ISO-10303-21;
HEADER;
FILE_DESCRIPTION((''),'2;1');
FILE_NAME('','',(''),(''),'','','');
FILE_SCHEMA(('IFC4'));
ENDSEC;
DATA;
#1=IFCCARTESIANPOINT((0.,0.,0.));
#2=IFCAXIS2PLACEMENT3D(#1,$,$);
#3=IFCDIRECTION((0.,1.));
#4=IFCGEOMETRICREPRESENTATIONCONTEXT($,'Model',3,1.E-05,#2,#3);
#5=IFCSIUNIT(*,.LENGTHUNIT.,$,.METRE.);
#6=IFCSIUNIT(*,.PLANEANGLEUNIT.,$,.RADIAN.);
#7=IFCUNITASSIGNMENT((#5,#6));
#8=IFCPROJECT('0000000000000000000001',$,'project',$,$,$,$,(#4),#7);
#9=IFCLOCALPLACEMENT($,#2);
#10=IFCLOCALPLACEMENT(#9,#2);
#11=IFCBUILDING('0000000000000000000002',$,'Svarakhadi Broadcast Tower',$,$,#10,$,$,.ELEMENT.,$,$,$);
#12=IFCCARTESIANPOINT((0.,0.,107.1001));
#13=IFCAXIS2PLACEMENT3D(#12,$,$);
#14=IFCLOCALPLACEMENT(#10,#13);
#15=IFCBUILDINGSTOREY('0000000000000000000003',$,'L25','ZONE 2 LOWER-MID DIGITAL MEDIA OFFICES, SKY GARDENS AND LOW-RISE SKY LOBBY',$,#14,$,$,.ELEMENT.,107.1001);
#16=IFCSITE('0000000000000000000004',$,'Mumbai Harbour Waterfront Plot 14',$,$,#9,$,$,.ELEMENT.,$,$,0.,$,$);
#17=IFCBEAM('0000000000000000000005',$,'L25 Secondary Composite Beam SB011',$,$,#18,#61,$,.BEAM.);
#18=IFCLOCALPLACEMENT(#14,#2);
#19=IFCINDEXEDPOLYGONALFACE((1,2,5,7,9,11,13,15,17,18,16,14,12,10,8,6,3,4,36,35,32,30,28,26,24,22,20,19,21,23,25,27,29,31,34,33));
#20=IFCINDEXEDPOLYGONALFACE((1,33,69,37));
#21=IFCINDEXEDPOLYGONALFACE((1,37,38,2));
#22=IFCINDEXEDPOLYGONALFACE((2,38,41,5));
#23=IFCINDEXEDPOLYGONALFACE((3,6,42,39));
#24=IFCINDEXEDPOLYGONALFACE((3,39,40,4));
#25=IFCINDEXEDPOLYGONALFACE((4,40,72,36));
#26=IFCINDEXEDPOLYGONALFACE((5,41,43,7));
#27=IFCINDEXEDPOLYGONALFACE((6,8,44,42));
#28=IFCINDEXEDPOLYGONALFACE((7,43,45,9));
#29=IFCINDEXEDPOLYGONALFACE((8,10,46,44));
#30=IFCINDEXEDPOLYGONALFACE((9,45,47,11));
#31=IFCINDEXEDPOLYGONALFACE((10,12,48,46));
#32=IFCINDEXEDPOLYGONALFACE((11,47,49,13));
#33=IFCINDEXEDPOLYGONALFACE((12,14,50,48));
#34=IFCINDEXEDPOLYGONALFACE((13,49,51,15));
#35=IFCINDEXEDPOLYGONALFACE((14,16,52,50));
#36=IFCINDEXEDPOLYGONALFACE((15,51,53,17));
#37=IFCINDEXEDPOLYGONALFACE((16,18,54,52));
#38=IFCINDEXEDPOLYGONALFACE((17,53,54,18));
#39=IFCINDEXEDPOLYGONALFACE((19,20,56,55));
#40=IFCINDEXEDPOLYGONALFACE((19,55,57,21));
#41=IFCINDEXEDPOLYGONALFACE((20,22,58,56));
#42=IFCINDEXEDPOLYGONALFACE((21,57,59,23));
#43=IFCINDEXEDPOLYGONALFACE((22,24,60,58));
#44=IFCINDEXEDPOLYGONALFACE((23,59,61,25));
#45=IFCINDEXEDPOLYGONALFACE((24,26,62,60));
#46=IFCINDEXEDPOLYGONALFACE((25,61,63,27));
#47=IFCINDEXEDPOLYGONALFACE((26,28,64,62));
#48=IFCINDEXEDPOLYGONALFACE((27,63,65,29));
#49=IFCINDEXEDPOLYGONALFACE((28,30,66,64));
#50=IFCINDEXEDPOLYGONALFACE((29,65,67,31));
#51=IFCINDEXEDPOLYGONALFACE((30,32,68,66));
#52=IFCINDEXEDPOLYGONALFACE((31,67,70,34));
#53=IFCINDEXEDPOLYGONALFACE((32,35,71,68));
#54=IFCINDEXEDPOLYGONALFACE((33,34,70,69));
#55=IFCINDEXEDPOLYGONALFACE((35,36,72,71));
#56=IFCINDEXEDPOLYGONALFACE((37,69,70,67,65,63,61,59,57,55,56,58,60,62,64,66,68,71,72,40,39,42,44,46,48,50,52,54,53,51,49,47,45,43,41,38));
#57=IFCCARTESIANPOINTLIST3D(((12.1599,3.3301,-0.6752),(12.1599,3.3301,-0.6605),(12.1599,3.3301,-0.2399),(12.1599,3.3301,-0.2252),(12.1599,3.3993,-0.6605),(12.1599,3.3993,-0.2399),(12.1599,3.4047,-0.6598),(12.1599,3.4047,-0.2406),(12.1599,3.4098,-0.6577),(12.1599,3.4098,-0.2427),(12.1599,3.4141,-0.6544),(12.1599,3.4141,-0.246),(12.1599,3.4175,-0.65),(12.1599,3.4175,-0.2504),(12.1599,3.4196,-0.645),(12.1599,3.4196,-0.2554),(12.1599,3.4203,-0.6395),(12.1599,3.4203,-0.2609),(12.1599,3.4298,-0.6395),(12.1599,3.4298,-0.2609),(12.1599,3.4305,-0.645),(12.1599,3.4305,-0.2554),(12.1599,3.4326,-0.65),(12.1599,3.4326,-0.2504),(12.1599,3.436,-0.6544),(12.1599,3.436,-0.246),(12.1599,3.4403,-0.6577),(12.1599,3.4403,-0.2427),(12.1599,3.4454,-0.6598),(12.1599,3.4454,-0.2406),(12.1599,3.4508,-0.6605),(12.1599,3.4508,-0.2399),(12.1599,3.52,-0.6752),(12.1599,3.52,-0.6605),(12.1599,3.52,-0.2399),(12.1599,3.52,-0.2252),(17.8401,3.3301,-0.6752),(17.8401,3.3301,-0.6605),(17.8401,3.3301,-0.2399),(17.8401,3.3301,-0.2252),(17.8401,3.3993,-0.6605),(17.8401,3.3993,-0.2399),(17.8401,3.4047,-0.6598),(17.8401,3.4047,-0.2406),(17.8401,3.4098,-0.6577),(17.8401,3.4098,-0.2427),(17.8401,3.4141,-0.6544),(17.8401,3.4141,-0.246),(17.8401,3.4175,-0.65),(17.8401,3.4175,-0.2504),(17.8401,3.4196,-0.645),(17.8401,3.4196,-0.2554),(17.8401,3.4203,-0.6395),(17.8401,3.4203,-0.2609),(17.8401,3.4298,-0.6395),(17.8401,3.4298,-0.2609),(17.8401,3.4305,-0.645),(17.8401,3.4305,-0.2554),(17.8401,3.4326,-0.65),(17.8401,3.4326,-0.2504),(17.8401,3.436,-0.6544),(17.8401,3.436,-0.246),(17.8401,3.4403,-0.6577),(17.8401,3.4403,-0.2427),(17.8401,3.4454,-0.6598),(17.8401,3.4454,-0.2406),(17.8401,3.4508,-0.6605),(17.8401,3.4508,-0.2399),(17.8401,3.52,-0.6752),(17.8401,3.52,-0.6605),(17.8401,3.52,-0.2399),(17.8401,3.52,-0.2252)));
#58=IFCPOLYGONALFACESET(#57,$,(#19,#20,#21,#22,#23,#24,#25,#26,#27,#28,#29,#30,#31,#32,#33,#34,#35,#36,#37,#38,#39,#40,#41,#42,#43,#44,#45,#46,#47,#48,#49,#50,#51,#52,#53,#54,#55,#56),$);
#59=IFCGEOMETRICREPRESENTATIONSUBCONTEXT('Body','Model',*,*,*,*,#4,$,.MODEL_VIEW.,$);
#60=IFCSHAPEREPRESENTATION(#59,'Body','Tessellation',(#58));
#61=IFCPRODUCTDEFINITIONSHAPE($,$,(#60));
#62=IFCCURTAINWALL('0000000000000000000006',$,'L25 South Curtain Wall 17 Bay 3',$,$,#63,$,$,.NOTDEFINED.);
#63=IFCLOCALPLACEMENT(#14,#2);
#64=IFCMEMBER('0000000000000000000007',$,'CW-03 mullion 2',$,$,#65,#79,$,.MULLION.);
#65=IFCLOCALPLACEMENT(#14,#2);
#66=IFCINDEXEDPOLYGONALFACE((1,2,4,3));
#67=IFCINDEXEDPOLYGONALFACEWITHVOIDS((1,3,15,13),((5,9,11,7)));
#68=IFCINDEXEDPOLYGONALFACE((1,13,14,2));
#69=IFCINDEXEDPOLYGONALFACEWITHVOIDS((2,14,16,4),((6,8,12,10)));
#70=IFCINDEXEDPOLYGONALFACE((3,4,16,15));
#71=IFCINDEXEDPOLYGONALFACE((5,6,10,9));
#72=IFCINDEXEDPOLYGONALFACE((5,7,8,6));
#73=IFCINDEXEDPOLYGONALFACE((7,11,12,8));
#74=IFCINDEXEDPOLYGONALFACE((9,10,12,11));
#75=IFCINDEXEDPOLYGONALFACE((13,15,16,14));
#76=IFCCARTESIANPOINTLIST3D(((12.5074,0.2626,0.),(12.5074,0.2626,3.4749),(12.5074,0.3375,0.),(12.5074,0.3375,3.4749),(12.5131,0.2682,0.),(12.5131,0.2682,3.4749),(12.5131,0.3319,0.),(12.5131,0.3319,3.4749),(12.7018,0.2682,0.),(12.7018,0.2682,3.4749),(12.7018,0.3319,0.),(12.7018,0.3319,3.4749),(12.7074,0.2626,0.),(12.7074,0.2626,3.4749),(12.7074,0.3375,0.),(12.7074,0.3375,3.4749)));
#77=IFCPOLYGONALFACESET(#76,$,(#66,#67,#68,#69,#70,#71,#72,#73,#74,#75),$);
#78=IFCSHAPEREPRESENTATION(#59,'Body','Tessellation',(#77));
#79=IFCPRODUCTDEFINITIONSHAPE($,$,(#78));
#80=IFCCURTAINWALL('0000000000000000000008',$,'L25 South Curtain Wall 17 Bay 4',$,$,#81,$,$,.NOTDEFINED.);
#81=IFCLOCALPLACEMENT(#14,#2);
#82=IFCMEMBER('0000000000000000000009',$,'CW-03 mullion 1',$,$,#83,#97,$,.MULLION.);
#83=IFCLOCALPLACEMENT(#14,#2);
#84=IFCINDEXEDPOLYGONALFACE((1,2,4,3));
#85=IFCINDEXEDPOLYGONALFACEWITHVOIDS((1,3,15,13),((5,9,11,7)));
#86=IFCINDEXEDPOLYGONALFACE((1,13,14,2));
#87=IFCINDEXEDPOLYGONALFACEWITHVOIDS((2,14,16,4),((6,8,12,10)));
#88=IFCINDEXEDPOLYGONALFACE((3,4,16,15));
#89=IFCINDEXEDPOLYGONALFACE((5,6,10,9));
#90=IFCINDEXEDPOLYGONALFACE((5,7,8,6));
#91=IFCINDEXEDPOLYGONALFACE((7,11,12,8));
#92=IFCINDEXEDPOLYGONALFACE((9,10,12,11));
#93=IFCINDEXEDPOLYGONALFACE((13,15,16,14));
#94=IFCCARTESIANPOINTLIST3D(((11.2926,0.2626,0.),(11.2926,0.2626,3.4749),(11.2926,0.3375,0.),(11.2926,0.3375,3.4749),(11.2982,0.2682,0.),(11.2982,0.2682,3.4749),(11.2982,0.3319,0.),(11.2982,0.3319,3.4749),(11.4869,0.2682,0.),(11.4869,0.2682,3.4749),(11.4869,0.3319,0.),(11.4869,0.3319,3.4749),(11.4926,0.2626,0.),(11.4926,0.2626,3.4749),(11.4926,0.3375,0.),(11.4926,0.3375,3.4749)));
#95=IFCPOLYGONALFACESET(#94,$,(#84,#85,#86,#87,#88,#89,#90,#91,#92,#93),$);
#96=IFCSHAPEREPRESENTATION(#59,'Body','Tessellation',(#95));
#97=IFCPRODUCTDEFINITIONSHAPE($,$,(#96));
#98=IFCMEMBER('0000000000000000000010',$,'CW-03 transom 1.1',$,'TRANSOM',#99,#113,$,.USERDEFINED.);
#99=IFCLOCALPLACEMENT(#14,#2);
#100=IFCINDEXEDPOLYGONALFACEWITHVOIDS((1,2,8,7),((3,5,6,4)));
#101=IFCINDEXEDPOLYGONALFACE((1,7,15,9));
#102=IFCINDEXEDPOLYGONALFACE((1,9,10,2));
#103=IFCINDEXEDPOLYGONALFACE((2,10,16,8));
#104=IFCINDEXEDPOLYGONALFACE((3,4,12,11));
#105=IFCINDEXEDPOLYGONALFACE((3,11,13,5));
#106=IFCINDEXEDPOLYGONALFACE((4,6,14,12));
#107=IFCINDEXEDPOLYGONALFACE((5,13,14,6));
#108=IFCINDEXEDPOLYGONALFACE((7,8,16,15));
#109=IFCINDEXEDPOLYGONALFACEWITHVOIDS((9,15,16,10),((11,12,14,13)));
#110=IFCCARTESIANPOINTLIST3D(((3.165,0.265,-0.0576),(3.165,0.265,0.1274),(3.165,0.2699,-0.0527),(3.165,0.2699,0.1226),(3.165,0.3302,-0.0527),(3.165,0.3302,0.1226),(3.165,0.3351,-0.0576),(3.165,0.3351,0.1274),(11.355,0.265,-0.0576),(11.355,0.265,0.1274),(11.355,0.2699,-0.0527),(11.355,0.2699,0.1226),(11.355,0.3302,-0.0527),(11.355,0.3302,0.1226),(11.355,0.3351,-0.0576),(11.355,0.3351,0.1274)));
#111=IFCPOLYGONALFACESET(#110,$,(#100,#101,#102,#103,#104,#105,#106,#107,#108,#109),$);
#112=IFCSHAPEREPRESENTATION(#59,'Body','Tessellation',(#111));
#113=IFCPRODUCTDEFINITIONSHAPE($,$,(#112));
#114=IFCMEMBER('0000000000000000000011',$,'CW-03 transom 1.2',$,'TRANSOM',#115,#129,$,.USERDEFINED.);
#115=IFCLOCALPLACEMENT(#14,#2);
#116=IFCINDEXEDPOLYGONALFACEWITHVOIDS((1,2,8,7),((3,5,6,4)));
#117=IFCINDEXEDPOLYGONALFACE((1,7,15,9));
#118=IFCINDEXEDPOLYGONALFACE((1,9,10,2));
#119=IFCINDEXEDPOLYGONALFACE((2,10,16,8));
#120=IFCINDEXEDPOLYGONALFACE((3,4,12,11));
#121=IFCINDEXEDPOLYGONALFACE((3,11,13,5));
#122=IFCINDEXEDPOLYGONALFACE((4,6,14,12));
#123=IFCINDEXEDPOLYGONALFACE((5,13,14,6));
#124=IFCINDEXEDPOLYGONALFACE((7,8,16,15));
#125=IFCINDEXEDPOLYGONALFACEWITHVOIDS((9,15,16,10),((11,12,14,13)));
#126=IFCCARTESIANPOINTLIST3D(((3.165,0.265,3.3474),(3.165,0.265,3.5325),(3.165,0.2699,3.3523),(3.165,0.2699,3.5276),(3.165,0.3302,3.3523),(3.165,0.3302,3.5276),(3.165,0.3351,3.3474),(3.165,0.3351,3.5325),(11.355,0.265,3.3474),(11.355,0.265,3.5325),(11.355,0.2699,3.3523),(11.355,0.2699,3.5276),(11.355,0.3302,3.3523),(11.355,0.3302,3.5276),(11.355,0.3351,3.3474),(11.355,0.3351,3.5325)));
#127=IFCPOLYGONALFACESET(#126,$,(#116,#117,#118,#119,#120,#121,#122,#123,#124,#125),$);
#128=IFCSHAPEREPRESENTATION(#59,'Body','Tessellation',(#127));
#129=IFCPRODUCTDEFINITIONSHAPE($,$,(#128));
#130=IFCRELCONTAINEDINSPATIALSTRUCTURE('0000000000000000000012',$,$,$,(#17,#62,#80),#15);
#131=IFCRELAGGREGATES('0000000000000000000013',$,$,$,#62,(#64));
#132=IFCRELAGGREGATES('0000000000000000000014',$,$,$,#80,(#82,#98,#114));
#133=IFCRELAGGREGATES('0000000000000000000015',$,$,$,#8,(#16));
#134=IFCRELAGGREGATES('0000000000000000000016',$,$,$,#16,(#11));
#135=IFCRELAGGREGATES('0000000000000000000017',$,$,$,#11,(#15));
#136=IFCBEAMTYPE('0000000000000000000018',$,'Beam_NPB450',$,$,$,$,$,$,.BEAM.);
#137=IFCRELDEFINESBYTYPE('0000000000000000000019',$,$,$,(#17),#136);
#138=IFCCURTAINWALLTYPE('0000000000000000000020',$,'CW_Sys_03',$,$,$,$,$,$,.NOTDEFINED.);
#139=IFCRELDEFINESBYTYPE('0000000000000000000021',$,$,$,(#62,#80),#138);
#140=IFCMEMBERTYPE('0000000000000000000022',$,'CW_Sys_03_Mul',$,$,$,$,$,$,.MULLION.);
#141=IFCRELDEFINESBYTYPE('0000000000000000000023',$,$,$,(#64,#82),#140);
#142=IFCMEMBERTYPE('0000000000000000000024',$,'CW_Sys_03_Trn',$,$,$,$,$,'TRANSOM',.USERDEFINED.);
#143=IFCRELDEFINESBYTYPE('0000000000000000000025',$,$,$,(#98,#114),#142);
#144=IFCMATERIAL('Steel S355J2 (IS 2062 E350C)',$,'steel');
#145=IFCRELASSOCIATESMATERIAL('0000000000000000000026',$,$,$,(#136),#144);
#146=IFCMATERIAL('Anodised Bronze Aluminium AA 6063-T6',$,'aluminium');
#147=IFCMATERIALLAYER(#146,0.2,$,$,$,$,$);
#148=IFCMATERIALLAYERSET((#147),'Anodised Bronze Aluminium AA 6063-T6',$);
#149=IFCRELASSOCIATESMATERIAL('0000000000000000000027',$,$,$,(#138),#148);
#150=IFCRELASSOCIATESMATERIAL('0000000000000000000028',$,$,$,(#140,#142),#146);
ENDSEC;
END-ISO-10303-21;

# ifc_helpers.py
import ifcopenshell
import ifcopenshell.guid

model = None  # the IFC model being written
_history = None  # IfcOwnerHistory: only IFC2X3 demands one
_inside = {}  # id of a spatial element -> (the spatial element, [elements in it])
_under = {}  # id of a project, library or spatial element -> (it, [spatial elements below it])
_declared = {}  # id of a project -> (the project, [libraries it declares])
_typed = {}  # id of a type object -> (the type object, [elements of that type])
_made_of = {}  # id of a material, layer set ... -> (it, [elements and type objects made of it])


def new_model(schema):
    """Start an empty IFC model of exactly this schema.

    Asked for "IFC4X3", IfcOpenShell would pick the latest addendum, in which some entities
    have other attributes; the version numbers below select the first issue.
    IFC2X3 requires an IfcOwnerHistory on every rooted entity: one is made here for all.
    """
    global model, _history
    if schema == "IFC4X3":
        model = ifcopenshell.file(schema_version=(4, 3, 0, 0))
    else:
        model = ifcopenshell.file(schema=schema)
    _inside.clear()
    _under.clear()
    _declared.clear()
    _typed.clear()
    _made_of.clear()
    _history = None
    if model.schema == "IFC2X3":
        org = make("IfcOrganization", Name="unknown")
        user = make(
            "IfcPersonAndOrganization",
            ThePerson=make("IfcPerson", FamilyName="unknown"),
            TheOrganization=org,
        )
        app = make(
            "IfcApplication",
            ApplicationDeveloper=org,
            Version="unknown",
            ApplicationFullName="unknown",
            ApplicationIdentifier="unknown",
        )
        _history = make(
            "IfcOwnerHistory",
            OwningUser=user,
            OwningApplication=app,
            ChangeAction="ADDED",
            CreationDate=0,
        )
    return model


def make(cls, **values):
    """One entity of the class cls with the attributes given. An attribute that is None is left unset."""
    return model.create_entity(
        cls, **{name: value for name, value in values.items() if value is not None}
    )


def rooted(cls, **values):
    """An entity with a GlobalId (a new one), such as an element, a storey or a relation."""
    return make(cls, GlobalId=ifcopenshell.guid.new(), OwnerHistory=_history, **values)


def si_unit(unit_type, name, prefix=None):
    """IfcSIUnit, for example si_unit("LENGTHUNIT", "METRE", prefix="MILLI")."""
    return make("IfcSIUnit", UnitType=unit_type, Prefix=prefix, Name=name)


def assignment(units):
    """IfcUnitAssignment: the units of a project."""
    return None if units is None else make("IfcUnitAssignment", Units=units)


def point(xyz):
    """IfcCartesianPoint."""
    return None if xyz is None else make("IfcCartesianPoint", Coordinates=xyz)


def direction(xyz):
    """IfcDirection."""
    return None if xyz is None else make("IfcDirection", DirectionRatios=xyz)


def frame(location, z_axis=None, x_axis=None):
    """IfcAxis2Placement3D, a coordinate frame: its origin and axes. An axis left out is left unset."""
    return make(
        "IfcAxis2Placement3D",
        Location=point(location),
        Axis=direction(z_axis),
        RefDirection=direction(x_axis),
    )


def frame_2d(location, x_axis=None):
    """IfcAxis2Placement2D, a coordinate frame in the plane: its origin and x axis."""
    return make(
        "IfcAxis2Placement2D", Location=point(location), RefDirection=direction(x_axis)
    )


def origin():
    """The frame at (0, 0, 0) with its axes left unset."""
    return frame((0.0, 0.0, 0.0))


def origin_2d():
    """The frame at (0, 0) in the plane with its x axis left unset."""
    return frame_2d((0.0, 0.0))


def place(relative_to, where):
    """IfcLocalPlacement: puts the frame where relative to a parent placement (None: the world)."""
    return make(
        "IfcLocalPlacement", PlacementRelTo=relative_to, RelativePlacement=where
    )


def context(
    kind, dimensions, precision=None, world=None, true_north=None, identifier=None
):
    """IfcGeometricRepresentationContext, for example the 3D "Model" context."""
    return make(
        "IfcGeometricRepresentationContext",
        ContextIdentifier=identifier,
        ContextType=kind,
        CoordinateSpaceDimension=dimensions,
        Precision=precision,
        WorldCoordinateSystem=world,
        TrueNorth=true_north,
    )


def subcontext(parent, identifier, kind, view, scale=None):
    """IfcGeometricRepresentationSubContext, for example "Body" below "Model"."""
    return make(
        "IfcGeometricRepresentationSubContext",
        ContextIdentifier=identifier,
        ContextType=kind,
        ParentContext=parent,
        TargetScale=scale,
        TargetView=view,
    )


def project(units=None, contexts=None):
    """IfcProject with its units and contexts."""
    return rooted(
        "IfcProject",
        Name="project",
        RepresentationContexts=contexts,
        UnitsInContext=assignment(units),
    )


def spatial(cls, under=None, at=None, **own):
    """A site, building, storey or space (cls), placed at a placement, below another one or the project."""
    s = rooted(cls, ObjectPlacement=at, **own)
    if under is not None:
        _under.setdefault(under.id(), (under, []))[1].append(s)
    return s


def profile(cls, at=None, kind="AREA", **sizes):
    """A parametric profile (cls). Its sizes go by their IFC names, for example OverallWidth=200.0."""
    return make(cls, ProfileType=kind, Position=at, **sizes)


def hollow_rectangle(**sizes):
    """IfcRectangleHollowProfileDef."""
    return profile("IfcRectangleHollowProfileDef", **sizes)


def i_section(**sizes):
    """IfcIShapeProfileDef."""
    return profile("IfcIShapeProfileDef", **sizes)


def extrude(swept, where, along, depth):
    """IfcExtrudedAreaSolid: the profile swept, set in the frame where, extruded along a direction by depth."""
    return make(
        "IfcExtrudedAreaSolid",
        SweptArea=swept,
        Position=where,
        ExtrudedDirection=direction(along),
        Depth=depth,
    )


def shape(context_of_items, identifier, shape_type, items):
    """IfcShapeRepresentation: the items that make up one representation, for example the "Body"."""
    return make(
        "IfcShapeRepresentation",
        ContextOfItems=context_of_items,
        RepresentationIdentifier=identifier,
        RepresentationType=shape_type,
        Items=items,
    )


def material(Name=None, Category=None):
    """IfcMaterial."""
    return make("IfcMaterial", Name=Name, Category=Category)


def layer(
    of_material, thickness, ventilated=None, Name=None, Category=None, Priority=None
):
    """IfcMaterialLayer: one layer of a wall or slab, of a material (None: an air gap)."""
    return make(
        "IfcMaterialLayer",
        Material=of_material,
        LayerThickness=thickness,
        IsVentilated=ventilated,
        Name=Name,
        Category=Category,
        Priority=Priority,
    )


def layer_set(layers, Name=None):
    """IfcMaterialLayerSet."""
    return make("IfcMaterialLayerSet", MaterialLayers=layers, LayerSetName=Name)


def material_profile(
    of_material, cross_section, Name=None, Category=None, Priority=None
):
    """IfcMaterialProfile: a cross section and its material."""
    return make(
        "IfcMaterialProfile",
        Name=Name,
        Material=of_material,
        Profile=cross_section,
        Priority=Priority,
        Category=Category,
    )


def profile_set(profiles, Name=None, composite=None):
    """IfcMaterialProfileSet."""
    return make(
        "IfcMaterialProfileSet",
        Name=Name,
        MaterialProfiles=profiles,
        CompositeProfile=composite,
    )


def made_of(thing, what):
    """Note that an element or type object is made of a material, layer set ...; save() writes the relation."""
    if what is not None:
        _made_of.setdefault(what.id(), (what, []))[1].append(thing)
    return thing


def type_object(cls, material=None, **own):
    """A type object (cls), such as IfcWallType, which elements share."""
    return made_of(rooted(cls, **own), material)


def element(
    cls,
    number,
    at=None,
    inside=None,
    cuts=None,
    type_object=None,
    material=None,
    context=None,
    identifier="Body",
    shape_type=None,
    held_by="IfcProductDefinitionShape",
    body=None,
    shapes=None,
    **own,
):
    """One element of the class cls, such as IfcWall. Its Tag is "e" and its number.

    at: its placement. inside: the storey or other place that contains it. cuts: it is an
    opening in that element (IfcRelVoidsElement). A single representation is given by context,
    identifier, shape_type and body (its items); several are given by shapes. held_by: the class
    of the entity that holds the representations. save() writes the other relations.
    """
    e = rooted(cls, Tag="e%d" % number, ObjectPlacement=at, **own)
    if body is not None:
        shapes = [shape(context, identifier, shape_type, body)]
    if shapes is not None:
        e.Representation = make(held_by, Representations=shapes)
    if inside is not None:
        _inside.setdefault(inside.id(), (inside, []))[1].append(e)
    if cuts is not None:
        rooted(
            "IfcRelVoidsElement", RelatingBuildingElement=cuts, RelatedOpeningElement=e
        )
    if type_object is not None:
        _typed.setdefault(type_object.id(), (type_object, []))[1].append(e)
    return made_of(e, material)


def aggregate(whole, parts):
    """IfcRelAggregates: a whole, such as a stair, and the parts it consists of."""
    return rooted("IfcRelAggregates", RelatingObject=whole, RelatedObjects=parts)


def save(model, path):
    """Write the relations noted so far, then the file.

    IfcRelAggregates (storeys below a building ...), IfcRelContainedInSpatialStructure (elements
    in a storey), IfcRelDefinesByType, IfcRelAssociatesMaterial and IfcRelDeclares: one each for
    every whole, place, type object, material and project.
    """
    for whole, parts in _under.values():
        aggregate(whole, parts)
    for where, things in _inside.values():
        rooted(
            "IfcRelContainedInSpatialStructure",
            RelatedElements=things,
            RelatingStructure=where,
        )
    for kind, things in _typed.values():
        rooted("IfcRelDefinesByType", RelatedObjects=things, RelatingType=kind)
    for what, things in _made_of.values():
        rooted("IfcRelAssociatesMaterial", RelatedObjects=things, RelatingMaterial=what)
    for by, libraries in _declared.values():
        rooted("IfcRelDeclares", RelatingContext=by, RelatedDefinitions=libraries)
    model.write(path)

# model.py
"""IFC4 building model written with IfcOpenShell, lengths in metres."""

from ifc_helpers import new_model, si_unit, direction, frame, origin, origin_2d, place, context, subcontext, project, spatial, hollow_rectangle, i_section, extrude, material, layer, layer_set, material_profile, profile_set, type_object, element, aggregate, save


model = new_model("IFC4")

# Units and contexts
model_context = context("Model", 3, precision=1e-05, world=origin(), true_north=direction((0.0, 1.0)))
body_context = subcontext(model_context, "Body", "Model", "MODEL_VIEW")
ifc_project = project(units=[si_unit("LENGTHUNIT", "METRE"), si_unit("PLANEANGLEUNIT", "RADIAN")], contexts=[model_context])

# Site, building, storey
site_placement = place(None, origin())
site = spatial("IfcSite", under=ifc_project, at=site_placement, Name="Mumbai Harbour Waterfront Plot 14", CompositionType="ELEMENT", RefElevation=0.0)
building_placement = place(site_placement, origin())
building = spatial("IfcBuilding", under=site, at=building_placement, Name="Svarakhadi Broadcast Tower", CompositionType="ELEMENT")
storey_placement = place(building_placement, frame((0.0, 0.0, 107.1001)))
storey = spatial("IfcBuildingStorey", under=building, at=storey_placement, Name="L25", Description="ZONE 2 LOWER-MID DIGITAL MEDIA OFFICES, SKY GARDENS AND LOW-RISE SKY LOBBY", CompositionType="ELEMENT", Elevation=107.1001)

# Beam
ifc_material_1 = material(Name="Steel S355J2 (IS 2062 E350C)", Category="steel")
ifc_material_profile_1 = material_profile(ifc_material_1, i_section(OverallWidth=0.1899, OverallDepth=0.45, WebThickness=0.0095, FlangeThickness=0.0146, FilletRadius=0.021, at=origin_2d()), Name="NPB 450x190x78")
ifc_profile_set_1 = profile_set([ifc_material_profile_1], Name="Steel S355J2 (IS 2062 E350C)")
beam_type_1 = type_object("IfcBeamType", Name="Beam_NPB450", PredefinedType="BEAM", material=ifc_profile_set_1)
for number, where, z_axis, x_axis, name in (
    (1, (12.1599, 3.425, -0.4502), (1.0, 0.0, 0.0), (0.0, 1.0, 0.0), "L25 Secondary Composite Beam SB011"),
):
    element("IfcBeam", number, at=place(storey_placement, frame(where, z_axis=z_axis, x_axis=x_axis)), inside=storey, type_object=beam_type_1, Name=name, PredefinedType="BEAM", context=body_context, shape_type="SweptSolid", body=[
        extrude(i_section(OverallWidth=0.1899, OverallDepth=0.45, WebThickness=0.0095, FlangeThickness=0.0146, FilletRadius=0.021, at=origin_2d()), origin(), (0.0, 0.0, 1.0), 5.6802),
    ])

# Curtain wall, member
ifc_material_2 = material(Name="Anodised Bronze Aluminium AA 6063-T6", Category="aluminium")
ifc_layer_1 = layer(ifc_material_2, 0.2)
ifc_layer_set_1 = layer_set([ifc_layer_1], Name="Anodised Bronze Aluminium AA 6063-T6")
curtain_wall_type = type_object("IfcCurtainWallType", Name="CW_Sys_03", PredefinedType="NOTDEFINED", material=ifc_layer_set_1)
curtain_wall_1_placement = place(storey_placement, origin())
curtain_wall_1 = element("IfcCurtainWall", 2, at=curtain_wall_1_placement, inside=storey, type_object=curtain_wall_type, Name="L25 South Curtain Wall 17 Bay 3", PredefinedType="NOTDEFINED")
ifc_material_profile_2 = material_profile(ifc_material_2, hollow_rectangle(XDim=0.075, YDim=0.2, WallThickness=0.0056, at=origin_2d()), Name="ALU MULLION 200x75x6")
ifc_profile_set_2 = profile_set([ifc_material_profile_2], Name="Anodised Bronze Aluminium AA 6063-T6")
member_type_1 = type_object("IfcMemberType", Name="CW_Sys_03_Mul", PredefinedType="MULLION", material=ifc_profile_set_2)
member_1_placement = place(storey_placement, frame((12.6074, 0.3, 0.0), z_axis=(0.0, 0.0, 1.0), x_axis=(0.0, -1.0, 0.0)))
member_1 = element("IfcMember", 3, at=member_1_placement, type_object=member_type_1, Name="CW-03 mullion 2", PredefinedType="MULLION", context=body_context, shape_type="SweptSolid", body=[
    extrude(hollow_rectangle(XDim=0.075, YDim=0.2, WallThickness=0.0056, at=origin_2d()), origin(), (0.0, 0.0, 1.0), 3.4749),
])
aggregate(curtain_wall_1, [member_1])

# Curtain wall, members
curtain_wall_2_placement = place(storey_placement, origin())
curtain_wall_2 = element("IfcCurtainWall", 4, at=curtain_wall_2_placement, inside=storey, type_object=curtain_wall_type, Name="L25 South Curtain Wall 17 Bay 4", PredefinedType="NOTDEFINED")
member_2_placement = place(storey_placement, frame((11.3926, 0.3, 0.0), z_axis=(0.0, 0.0, 1.0), x_axis=(0.0, -1.0, 0.0)))
member_2 = element("IfcMember", 5, at=member_2_placement, type_object=member_type_1, Name="CW-03 mullion 1", PredefinedType="MULLION", context=body_context, shape_type="SweptSolid", body=[
    extrude(hollow_rectangle(XDim=0.075, YDim=0.2, WallThickness=0.0056, at=origin_2d()), origin(), (0.0, 0.0, 1.0), 3.4749),
])
ifc_material_profile_3 = material_profile(ifc_material_2, hollow_rectangle(XDim=0.0701, YDim=0.1851, WallThickness=0.0049, at=origin_2d()), Name="ALU TRANSOM 185x70x5")
ifc_profile_set_3 = profile_set([ifc_material_profile_3], Name="Anodised Bronze Aluminium AA 6063-T6")
member_type_2 = type_object("IfcMemberType", Name="CW_Sys_03_Trn", ElementType="TRANSOM", PredefinedType="USERDEFINED", material=ifc_profile_set_3)
member_3_placement = place(storey_placement, frame((11.355, 0.3, 0.0349), z_axis=(-1.0, 0.0, 0.0), x_axis=(0.0, -1.0, 0.0)))
member_3 = element("IfcMember", 6, at=member_3_placement, type_object=member_type_2, Name="CW-03 transom 1.1", ObjectType="TRANSOM", PredefinedType="USERDEFINED", context=body_context, shape_type="SweptSolid", body=[
    extrude(hollow_rectangle(XDim=0.0701, YDim=0.1851, WallThickness=0.0049, at=origin_2d()), origin(), (0.0, 0.0, 1.0), 8.1899),
])
member_4_placement = place(storey_placement, frame((11.355, 0.3, 3.4399), z_axis=(-1.0, 0.0, 0.0), x_axis=(0.0, -1.0, 0.0)))
member_4 = element("IfcMember", 7, at=member_4_placement, type_object=member_type_2, Name="CW-03 transom 1.2", ObjectType="TRANSOM", PredefinedType="USERDEFINED", context=body_context, shape_type="SweptSolid", body=[
    extrude(hollow_rectangle(XDim=0.0701, YDim=0.1851, WallThickness=0.0049, at=origin_2d()), origin(), (0.0, 0.0, 1.0), 8.1899),
])

aggregate(curtain_wall_2, [member_2, member_3, member_4])

save(model, "model.ifc")
